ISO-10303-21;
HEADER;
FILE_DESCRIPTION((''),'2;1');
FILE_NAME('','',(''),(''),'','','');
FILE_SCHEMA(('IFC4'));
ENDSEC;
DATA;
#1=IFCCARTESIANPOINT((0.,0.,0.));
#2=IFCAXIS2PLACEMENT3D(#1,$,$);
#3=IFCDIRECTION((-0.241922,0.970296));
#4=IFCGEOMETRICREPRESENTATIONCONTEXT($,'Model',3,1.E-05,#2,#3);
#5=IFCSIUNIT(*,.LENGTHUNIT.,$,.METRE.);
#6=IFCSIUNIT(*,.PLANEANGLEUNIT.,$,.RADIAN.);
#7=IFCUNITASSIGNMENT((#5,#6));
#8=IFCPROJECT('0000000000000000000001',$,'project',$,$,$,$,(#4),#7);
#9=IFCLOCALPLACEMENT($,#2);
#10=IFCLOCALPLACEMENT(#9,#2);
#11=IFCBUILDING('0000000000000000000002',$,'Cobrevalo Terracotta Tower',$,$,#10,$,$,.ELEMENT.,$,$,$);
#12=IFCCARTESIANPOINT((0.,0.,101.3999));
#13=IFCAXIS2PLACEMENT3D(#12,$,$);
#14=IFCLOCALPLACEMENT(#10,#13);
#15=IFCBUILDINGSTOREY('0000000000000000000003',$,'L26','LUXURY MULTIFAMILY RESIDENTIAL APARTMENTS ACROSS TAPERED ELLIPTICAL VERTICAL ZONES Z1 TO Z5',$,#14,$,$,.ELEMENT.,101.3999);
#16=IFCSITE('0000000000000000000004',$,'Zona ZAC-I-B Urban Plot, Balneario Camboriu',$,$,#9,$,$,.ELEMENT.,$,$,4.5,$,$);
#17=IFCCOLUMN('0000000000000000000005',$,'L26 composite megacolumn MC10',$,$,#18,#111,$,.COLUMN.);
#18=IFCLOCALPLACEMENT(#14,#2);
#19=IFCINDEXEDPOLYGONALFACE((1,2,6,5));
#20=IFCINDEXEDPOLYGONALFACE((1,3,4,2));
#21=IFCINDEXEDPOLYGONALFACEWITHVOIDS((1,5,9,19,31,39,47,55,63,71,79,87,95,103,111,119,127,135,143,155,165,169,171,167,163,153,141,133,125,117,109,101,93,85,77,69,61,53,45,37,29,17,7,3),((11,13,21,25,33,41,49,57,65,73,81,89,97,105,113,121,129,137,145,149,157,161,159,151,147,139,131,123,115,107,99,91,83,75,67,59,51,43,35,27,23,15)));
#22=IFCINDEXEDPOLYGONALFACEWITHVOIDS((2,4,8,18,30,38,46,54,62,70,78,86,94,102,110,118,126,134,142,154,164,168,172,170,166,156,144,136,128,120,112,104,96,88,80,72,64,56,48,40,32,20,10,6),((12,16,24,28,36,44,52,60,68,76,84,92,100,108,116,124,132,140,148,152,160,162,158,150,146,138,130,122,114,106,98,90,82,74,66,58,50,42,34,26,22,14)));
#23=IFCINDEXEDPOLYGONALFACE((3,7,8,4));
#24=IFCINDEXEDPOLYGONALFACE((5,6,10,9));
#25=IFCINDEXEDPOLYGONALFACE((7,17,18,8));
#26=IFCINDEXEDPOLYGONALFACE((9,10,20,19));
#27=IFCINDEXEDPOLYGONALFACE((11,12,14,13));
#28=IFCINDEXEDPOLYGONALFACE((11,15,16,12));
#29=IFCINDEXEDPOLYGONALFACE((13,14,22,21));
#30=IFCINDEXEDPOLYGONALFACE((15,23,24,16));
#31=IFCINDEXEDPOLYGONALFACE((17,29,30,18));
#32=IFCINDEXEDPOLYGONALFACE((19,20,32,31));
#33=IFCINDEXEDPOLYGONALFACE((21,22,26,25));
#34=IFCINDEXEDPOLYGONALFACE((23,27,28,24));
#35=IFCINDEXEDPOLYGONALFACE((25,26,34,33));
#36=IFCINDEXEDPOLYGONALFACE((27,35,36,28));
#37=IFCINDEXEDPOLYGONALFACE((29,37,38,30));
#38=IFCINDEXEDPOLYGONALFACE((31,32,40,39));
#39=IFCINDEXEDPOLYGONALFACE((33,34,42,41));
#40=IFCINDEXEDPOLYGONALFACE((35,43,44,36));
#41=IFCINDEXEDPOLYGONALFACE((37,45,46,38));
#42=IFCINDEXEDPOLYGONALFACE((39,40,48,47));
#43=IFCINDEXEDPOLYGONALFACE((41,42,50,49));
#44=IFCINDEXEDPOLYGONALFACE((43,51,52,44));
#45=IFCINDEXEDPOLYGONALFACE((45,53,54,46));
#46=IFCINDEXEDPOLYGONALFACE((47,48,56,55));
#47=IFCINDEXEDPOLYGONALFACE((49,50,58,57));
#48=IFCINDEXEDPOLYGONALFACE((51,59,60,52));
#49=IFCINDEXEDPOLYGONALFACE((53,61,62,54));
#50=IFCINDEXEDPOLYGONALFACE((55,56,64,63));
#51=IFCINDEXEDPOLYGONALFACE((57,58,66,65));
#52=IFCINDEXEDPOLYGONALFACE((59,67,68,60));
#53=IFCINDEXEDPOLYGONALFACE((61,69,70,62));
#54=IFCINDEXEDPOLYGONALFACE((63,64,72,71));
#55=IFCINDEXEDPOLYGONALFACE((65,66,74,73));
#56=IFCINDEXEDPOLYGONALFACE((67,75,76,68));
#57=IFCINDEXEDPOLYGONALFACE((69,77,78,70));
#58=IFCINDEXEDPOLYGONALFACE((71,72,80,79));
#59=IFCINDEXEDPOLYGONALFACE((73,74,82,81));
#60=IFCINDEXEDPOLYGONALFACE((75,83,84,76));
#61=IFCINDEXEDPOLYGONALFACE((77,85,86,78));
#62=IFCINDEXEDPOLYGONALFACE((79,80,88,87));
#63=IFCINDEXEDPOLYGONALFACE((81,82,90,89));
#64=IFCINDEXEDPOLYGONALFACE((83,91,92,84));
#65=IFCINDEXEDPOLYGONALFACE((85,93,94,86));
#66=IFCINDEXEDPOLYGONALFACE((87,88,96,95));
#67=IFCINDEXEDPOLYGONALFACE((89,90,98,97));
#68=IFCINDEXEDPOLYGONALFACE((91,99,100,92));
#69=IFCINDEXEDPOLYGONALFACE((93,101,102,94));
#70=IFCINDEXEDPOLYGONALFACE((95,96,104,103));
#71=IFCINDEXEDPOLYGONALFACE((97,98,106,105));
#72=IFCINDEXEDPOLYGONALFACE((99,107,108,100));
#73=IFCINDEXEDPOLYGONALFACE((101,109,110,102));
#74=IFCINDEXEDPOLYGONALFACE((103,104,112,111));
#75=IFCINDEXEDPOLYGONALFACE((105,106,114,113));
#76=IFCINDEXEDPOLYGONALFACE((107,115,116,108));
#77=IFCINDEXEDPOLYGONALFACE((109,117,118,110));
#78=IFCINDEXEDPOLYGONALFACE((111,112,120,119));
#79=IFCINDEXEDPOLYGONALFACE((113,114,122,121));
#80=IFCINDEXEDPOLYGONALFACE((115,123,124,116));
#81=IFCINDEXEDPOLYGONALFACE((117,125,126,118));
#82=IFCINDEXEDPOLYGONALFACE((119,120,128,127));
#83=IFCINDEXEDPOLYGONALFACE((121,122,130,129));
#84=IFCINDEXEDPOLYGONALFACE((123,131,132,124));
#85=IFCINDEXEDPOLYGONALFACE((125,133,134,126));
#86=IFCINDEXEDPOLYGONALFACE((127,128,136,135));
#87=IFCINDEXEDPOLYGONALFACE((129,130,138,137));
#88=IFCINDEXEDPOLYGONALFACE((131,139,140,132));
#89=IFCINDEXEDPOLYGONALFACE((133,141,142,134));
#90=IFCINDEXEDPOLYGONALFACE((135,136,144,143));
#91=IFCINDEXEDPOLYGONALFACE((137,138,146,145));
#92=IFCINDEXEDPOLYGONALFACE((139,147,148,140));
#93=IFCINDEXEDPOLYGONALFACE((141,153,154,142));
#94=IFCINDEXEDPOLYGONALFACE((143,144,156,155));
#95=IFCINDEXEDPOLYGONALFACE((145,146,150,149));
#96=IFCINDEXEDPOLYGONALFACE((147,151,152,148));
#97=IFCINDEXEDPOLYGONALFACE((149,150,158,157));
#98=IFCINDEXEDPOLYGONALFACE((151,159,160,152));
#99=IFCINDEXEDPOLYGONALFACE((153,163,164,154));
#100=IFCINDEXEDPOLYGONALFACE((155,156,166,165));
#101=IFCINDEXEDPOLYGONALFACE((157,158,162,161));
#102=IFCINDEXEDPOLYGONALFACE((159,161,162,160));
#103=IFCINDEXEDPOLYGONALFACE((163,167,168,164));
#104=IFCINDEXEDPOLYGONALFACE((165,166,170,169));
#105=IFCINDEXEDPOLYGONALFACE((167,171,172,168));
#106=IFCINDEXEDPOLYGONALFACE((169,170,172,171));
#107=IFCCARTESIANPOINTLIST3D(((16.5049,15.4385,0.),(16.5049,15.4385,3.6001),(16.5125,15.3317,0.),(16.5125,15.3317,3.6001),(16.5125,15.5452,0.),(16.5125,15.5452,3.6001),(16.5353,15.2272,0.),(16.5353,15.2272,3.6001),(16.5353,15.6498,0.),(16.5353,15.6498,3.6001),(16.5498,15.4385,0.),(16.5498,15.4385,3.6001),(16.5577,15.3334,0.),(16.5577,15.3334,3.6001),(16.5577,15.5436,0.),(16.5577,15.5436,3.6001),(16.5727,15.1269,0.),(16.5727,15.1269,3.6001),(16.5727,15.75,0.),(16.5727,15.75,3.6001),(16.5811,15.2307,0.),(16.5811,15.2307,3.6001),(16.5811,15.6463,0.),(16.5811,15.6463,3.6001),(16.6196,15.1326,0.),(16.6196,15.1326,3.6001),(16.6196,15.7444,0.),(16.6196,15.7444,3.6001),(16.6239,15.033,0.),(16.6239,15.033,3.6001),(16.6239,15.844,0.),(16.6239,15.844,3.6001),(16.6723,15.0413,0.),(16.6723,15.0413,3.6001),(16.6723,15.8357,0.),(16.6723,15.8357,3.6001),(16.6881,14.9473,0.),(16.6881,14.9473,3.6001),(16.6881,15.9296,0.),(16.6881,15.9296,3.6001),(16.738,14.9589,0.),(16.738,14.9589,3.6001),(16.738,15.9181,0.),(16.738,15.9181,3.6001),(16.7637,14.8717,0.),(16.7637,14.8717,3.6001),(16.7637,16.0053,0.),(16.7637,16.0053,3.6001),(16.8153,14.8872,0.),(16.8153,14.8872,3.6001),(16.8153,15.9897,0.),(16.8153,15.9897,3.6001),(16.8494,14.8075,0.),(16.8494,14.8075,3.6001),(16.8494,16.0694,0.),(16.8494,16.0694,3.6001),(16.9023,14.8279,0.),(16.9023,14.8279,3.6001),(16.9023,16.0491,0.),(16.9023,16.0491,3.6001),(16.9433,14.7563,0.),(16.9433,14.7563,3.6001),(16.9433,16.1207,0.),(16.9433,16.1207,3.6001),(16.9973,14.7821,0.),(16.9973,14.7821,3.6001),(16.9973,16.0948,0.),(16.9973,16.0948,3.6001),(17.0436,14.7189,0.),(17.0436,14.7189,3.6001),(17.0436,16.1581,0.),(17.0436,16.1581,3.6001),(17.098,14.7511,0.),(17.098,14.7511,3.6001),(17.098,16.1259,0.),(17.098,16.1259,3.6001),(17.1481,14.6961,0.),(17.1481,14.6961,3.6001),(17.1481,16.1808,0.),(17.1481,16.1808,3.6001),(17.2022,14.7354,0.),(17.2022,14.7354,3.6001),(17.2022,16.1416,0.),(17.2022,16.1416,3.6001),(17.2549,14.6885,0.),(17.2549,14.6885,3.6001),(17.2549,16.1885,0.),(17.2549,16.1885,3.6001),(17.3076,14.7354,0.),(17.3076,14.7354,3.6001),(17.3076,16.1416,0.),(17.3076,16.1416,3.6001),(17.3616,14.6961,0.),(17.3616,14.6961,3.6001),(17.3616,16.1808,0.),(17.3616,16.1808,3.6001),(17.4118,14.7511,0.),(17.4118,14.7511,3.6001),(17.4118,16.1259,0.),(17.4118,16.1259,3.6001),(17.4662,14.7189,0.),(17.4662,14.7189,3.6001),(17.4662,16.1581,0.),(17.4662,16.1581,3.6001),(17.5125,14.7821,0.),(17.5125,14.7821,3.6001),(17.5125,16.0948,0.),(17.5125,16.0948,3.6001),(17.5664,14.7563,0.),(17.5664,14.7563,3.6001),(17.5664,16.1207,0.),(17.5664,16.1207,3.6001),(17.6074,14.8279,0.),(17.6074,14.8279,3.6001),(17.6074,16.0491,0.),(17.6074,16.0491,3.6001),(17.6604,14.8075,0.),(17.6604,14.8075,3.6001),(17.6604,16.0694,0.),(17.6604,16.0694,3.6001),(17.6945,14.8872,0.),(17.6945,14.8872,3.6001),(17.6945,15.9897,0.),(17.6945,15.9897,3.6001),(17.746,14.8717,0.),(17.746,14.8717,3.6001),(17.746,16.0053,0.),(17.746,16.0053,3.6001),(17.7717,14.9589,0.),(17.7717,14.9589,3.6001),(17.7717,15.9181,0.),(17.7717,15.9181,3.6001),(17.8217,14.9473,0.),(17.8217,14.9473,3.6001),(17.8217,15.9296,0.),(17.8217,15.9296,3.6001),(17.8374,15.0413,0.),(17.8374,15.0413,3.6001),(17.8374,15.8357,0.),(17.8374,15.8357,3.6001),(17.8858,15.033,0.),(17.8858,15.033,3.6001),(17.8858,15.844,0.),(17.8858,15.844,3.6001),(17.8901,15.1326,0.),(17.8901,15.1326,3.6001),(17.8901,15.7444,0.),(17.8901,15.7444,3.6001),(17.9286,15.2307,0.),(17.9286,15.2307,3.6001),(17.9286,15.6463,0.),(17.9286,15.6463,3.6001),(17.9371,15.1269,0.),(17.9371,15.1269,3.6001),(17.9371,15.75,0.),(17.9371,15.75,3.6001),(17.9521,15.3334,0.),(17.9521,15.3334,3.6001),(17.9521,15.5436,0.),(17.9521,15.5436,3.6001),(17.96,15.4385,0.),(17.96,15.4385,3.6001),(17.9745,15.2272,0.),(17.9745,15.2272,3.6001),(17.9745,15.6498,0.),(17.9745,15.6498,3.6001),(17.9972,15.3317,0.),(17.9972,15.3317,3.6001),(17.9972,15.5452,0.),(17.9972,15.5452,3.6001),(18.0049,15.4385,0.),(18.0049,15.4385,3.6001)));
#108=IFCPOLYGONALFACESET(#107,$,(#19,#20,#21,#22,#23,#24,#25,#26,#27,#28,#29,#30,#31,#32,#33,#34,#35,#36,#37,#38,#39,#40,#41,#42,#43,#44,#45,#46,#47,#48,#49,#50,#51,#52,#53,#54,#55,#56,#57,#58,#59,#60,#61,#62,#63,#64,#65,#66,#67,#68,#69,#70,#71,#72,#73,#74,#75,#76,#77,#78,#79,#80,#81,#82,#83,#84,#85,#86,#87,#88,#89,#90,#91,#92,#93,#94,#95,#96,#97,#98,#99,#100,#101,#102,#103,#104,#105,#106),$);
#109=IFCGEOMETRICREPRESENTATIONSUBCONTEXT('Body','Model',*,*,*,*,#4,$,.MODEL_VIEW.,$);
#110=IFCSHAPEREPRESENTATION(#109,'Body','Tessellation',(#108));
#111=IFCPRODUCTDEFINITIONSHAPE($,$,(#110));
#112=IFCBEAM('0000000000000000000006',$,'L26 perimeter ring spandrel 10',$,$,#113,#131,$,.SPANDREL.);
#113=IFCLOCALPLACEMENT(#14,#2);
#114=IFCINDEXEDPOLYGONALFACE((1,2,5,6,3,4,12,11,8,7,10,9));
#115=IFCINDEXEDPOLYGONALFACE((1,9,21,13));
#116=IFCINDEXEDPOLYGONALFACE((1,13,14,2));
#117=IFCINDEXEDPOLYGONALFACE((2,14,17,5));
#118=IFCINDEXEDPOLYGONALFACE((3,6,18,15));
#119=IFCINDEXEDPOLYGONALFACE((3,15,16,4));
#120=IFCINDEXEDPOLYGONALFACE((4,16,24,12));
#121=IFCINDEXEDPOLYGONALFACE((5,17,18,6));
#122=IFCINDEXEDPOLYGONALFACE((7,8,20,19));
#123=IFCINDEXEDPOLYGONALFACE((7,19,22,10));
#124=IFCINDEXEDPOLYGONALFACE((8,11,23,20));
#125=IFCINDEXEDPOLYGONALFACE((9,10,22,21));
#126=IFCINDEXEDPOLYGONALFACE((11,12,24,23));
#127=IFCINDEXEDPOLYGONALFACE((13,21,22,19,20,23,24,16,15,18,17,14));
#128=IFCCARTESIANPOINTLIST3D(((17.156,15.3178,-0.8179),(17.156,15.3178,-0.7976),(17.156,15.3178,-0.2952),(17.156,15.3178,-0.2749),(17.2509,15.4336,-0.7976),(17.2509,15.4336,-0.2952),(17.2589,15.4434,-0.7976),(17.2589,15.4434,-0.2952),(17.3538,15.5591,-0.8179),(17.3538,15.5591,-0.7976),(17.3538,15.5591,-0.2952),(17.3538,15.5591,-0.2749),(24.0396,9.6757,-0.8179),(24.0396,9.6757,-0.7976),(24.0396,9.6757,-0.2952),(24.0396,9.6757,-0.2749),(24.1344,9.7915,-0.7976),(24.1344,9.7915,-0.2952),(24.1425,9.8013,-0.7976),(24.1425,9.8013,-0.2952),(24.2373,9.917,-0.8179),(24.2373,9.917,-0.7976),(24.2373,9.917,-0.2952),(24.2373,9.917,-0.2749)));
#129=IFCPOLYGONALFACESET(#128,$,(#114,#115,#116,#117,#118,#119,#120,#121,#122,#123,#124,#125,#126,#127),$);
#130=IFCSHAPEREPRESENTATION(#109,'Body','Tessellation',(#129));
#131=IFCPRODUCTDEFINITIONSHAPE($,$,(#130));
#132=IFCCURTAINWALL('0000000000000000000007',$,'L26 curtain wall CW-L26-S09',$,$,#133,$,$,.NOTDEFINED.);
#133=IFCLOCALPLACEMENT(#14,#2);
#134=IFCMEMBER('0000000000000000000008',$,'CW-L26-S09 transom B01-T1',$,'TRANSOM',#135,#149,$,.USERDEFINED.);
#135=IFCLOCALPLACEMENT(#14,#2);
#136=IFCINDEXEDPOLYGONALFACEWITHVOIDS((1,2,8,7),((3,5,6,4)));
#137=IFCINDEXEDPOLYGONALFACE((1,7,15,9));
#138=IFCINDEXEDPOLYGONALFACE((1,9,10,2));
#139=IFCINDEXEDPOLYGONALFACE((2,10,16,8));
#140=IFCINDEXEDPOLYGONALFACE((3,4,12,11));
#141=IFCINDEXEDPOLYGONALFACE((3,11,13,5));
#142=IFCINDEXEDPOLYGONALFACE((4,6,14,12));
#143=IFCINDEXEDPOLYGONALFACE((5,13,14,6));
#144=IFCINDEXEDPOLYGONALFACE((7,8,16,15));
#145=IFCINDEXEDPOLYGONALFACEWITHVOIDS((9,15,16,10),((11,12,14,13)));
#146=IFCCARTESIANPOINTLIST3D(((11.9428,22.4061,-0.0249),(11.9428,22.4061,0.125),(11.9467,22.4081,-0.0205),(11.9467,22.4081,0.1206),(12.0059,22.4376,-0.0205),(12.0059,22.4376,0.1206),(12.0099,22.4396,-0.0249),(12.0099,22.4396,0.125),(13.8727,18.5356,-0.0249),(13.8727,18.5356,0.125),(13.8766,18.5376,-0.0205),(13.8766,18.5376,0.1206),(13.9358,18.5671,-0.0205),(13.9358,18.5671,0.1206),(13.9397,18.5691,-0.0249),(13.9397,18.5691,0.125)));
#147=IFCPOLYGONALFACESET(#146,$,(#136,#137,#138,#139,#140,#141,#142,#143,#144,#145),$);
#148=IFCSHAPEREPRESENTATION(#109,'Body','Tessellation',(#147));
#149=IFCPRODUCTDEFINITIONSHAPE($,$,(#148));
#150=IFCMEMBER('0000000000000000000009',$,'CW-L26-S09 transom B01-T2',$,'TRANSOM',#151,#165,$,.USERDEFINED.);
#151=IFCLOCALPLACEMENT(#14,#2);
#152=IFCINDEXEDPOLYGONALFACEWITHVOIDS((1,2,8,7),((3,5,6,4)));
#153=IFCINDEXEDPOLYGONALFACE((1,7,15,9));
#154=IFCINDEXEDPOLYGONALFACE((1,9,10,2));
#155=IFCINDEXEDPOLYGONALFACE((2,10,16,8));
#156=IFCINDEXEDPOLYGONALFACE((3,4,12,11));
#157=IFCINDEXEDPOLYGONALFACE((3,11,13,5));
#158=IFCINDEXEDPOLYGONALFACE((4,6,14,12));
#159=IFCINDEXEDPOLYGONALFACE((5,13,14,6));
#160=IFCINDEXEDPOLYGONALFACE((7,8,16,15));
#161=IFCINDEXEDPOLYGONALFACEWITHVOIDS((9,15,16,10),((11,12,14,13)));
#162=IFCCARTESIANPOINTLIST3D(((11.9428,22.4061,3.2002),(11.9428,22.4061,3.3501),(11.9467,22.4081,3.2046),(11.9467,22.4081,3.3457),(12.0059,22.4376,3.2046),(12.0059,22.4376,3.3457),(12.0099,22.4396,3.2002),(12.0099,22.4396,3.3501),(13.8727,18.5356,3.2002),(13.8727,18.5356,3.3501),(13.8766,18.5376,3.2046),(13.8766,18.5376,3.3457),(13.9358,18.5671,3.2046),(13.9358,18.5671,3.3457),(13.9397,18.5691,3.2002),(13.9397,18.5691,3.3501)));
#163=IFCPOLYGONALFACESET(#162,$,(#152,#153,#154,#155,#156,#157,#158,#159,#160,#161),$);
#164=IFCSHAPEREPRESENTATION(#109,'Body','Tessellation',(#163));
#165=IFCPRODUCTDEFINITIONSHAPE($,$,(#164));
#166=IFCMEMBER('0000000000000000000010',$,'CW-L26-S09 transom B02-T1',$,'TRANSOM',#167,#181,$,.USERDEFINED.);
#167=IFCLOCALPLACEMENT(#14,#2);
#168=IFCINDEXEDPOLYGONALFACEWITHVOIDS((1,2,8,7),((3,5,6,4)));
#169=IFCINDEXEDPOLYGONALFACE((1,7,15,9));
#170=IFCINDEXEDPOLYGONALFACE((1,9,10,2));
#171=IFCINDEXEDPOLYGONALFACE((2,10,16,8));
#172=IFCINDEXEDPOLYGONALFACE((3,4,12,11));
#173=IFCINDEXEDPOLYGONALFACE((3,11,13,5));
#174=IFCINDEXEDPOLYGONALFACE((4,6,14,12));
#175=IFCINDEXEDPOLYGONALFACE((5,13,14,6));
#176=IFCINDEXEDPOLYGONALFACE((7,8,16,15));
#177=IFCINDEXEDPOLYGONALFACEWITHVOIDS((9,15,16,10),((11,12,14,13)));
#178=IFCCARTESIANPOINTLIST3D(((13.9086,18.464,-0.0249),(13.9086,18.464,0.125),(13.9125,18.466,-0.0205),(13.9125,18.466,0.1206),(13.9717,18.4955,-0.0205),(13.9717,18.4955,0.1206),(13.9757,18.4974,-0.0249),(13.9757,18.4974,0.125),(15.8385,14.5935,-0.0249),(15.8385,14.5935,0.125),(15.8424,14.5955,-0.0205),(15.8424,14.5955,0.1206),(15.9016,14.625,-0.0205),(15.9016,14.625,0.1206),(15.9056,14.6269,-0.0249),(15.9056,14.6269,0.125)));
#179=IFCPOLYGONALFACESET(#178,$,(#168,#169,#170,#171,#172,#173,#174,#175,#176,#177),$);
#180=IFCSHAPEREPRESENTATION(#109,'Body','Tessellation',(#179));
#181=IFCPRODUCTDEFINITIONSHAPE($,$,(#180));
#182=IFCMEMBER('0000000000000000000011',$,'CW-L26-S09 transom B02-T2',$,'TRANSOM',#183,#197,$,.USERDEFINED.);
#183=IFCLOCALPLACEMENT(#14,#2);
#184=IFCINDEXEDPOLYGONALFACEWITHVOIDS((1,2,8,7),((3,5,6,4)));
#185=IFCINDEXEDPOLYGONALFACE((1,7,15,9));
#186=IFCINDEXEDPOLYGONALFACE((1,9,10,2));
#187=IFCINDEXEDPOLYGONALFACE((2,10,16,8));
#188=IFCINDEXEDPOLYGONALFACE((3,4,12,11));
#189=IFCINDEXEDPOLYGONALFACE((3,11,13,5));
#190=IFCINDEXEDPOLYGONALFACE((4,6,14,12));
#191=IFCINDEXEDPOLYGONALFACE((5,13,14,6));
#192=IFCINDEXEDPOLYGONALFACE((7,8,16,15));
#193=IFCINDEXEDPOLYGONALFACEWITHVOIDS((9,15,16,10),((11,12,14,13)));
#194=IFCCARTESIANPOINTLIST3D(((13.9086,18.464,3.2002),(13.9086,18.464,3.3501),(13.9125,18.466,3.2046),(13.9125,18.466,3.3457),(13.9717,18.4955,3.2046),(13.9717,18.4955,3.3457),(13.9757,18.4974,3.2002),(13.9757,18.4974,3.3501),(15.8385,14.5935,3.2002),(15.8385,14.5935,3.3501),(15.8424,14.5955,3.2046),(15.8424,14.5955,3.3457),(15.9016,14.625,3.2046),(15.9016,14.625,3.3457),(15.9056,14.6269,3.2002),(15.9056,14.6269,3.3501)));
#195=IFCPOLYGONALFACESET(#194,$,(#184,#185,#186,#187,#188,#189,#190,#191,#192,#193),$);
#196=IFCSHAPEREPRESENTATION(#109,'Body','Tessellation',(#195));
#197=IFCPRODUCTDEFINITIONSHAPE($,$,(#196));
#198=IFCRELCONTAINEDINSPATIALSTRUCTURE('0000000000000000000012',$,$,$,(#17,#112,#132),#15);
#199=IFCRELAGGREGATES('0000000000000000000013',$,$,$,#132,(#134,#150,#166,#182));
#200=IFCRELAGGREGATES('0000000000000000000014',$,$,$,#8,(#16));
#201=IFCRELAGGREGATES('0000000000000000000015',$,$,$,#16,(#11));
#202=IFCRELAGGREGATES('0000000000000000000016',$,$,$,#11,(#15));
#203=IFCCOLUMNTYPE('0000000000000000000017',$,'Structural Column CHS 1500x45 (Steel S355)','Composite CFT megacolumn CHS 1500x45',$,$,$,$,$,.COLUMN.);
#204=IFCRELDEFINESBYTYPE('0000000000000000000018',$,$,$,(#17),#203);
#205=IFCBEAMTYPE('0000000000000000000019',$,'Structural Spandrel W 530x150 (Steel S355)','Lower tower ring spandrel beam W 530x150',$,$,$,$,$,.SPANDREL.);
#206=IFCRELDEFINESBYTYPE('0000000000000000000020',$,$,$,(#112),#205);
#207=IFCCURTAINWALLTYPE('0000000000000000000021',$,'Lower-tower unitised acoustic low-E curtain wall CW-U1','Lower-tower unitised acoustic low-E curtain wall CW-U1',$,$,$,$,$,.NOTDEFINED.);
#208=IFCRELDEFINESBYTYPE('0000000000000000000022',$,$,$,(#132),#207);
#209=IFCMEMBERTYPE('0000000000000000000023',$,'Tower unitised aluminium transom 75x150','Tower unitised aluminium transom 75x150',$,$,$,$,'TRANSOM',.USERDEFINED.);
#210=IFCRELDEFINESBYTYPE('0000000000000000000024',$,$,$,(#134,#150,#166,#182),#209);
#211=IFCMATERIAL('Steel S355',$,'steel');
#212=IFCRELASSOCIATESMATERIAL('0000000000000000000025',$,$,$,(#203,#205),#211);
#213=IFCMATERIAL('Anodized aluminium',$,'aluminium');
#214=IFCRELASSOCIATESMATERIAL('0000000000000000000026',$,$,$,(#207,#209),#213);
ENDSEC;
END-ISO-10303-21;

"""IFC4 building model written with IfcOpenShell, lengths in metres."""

from ifc_helpers import new_model, si_unit, direction, frame, origin, origin_2d, place, context, subcontext, project, spatial, hollow_rectangle, hollow_circle, i_section, extrude, source, transform, mapped, material, material_profile, profile_set, type_object, element, aggregate, save


model = new_model("IFC4")

# Units and contexts
model_context = context("Model", 3, precision=1e-05, world=origin(), true_north=direction((-0.241922, 0.970296)))
body_context = subcontext(model_context, "Body", "Model", "MODEL_VIEW")
ifc_project = project(units=[si_unit("LENGTHUNIT", "METRE"), si_unit("PLANEANGLEUNIT", "RADIAN")], contexts=[model_context])

# Site, building, storey
site_placement = place(None, origin())
site = spatial("IfcSite", under=ifc_project, at=site_placement, Name="Zona ZAC-I-B Urban Plot, Balneario Camboriu", CompositionType="ELEMENT", RefElevation=4.5)
building_placement = place(site_placement, origin())
building = spatial("IfcBuilding", under=site, at=building_placement, Name="Cobrevalo Terracotta Tower", CompositionType="ELEMENT")
storey_placement = place(building_placement, frame((0.0, 0.0, 101.3999)))
storey = spatial("IfcBuildingStorey", under=building, at=storey_placement, Name="L26", Description="LUXURY MULTIFAMILY RESIDENTIAL APARTMENTS ACROSS TAPERED ELLIPTICAL VERTICAL ZONES Z1 TO Z5", CompositionType="ELEMENT", Elevation=101.3999)

# Column
ifc_material_1 = material(Name="Steel S355", Category="steel")
ifc_material_profile_1 = material_profile(ifc_material_1, hollow_circle(Radius=0.75, WallThickness=0.0449, at=origin_2d()), Name="CHS 1500x45")
ifc_profile_set_1 = profile_set([ifc_material_profile_1], Name="Steel S355")
column_type = type_object("IfcColumnType", Name="Structural Column CHS 1500x45 (Steel S355)", Description="Composite CFT megacolumn CHS 1500x45", PredefinedType="COLUMN", material=ifc_profile_set_1)
column_placement = place(storey_placement, frame((17.2549, 15.4385, 0.0), z_axis=(0.0, 0.0, 1.0), x_axis=(1.0, 0.0, 0.0)))
element("IfcColumn", 1, at=column_placement, inside=storey, type_object=column_type, Name="L26 composite megacolumn MC10", PredefinedType="COLUMN", context=body_context, shape_type="SweptSolid", body=[
    extrude(hollow_circle(Radius=0.75, WallThickness=0.0449, at=origin_2d()), origin(), (0.0, 0.0, 1.0), 3.6001),
])

# Beam
ifc_material_profile_2 = material_profile(ifc_material_1, i_section(OverallWidth=0.312, OverallDepth=0.543, WebThickness=0.0127, FlangeThickness=0.0203, at=origin_2d()), Name="W 530x150")
ifc_profile_set_2 = profile_set([ifc_material_profile_2], Name="Steel S355")
beam_type = type_object("IfcBeamType", Name="Structural Spandrel W 530x150 (Steel S355)", Description="Lower tower ring spandrel beam W 530x150", PredefinedType="SPANDREL", material=ifc_profile_set_2)
beam_placement = place(storey_placement, frame((17.2549, 15.4385, -0.5464), z_axis=(0.773401, -0.633917, 0.0), x_axis=(0.633917, 0.773401, 0.0)))
element("IfcBeam", 2, at=beam_placement, inside=storey, type_object=beam_type, Name="L26 perimeter ring spandrel 10", PredefinedType="SPANDREL", context=body_context, shape_type="SweptSolid", body=[
    extrude(i_section(OverallWidth=0.312, OverallDepth=0.543, WebThickness=0.0127, FlangeThickness=0.0203, at=origin_2d()), origin(), (0.0, 0.0, 1.0), 8.9004),
])

# Curtain wall, members
ifc_material_2 = material(Name="Anodized aluminium", Category="aluminium")
curtain_wall_type = type_object("IfcCurtainWallType", Name="Lower-tower unitised acoustic low-E curtain wall CW-U1", Description="Lower-tower unitised acoustic low-E curtain wall CW-U1", PredefinedType="NOTDEFINED", material=ifc_material_2)
curtain_wall_1_placement = place(storey_placement, origin())
curtain_wall_1 = element("IfcCurtainWall", 3, at=curtain_wall_1_placement, inside=storey, type_object=curtain_wall_type, Name="L26 curtain wall CW-L26-S09", PredefinedType="NOTDEFINED")
ifc_material_profile_3 = material_profile(ifc_material_2, hollow_rectangle(XDim=0.075, YDim=0.1499, WallThickness=0.0044, at=origin_2d()), Name="CWT 75x150")
ifc_profile_set_3 = profile_set([ifc_material_profile_3], Name="Anodized aluminium")
member_type_1 = type_object("IfcMemberType", Name="Tower unitised aluminium transom 75x150", Description="Tower unitised aluminium transom 75x150", ElementType="TRANSOM", PredefinedType="USERDEFINED", material=ifc_profile_set_3)
shared_shape_1 = source(origin(), body_context, "Body", "SweptSolid", [
    extrude(hollow_rectangle(XDim=0.075, YDim=0.1499, WallThickness=0.0044, at=origin_2d()), origin(), (0.0, 0.0, 1.0), 4.325),
])
member_1_placement = place(storey_placement, frame((11.9763, 22.4229, 0.05), z_axis=(0.44622, -0.894923, 0.0), x_axis=(0.894923, 0.44622, 0.0)))
member_1 = element("IfcMember", 4, at=member_1_placement, type_object=member_type_1, Name="CW-L26-S09 transom B01-T1", ObjectType="TRANSOM", PredefinedType="USERDEFINED", context=body_context, shape_type="MappedRepresentation", body=[
    mapped(shared_shape_1, transform((0.0, 0.0, 0.0), scale=1.0)),
])
member_2_placement = place(storey_placement, frame((11.9763, 22.4229, 3.2751), z_axis=(0.44622, -0.894923, 0.0), x_axis=(0.894923, 0.44622, 0.0)))
member_2 = element("IfcMember", 5, at=member_2_placement, type_object=member_type_1, Name="CW-L26-S09 transom B01-T2", ObjectType="TRANSOM", PredefinedType="USERDEFINED", context=body_context, shape_type="MappedRepresentation", body=[
    mapped(shared_shape_1, transform((0.0, 0.0, 0.0), scale=1.0)),
])
member_3_placement = place(storey_placement, frame((13.9421, 18.4807, 0.05), z_axis=(0.44622, -0.894923, 0.0), x_axis=(0.894923, 0.44622, 0.0)))
member_3 = element("IfcMember", 6, at=member_3_placement, type_object=member_type_1, Name="CW-L26-S09 transom B02-T1", ObjectType="TRANSOM", PredefinedType="USERDEFINED", context=body_context, shape_type="MappedRepresentation", body=[
    mapped(shared_shape_1, transform((0.0, 0.0, 0.0), scale=1.0)),
])
member_4_placement = place(storey_placement, frame((13.9421, 18.4807, 3.2751), z_axis=(0.44622, -0.894923, 0.0), x_axis=(0.894923, 0.44622, 0.0)))
member_4 = element("IfcMember", 7, at=member_4_placement, type_object=member_type_1, Name="CW-L26-S09 transom B02-T2", ObjectType="TRANSOM", PredefinedType="USERDEFINED", context=body_context, shape_type="MappedRepresentation", body=[
    mapped(shared_shape_1, transform((0.0, 0.0, 0.0), scale=1.0)),
])

aggregate(curtain_wall_1, [member_1, member_2, member_3, member_4])

save(model, "model.ifc")
